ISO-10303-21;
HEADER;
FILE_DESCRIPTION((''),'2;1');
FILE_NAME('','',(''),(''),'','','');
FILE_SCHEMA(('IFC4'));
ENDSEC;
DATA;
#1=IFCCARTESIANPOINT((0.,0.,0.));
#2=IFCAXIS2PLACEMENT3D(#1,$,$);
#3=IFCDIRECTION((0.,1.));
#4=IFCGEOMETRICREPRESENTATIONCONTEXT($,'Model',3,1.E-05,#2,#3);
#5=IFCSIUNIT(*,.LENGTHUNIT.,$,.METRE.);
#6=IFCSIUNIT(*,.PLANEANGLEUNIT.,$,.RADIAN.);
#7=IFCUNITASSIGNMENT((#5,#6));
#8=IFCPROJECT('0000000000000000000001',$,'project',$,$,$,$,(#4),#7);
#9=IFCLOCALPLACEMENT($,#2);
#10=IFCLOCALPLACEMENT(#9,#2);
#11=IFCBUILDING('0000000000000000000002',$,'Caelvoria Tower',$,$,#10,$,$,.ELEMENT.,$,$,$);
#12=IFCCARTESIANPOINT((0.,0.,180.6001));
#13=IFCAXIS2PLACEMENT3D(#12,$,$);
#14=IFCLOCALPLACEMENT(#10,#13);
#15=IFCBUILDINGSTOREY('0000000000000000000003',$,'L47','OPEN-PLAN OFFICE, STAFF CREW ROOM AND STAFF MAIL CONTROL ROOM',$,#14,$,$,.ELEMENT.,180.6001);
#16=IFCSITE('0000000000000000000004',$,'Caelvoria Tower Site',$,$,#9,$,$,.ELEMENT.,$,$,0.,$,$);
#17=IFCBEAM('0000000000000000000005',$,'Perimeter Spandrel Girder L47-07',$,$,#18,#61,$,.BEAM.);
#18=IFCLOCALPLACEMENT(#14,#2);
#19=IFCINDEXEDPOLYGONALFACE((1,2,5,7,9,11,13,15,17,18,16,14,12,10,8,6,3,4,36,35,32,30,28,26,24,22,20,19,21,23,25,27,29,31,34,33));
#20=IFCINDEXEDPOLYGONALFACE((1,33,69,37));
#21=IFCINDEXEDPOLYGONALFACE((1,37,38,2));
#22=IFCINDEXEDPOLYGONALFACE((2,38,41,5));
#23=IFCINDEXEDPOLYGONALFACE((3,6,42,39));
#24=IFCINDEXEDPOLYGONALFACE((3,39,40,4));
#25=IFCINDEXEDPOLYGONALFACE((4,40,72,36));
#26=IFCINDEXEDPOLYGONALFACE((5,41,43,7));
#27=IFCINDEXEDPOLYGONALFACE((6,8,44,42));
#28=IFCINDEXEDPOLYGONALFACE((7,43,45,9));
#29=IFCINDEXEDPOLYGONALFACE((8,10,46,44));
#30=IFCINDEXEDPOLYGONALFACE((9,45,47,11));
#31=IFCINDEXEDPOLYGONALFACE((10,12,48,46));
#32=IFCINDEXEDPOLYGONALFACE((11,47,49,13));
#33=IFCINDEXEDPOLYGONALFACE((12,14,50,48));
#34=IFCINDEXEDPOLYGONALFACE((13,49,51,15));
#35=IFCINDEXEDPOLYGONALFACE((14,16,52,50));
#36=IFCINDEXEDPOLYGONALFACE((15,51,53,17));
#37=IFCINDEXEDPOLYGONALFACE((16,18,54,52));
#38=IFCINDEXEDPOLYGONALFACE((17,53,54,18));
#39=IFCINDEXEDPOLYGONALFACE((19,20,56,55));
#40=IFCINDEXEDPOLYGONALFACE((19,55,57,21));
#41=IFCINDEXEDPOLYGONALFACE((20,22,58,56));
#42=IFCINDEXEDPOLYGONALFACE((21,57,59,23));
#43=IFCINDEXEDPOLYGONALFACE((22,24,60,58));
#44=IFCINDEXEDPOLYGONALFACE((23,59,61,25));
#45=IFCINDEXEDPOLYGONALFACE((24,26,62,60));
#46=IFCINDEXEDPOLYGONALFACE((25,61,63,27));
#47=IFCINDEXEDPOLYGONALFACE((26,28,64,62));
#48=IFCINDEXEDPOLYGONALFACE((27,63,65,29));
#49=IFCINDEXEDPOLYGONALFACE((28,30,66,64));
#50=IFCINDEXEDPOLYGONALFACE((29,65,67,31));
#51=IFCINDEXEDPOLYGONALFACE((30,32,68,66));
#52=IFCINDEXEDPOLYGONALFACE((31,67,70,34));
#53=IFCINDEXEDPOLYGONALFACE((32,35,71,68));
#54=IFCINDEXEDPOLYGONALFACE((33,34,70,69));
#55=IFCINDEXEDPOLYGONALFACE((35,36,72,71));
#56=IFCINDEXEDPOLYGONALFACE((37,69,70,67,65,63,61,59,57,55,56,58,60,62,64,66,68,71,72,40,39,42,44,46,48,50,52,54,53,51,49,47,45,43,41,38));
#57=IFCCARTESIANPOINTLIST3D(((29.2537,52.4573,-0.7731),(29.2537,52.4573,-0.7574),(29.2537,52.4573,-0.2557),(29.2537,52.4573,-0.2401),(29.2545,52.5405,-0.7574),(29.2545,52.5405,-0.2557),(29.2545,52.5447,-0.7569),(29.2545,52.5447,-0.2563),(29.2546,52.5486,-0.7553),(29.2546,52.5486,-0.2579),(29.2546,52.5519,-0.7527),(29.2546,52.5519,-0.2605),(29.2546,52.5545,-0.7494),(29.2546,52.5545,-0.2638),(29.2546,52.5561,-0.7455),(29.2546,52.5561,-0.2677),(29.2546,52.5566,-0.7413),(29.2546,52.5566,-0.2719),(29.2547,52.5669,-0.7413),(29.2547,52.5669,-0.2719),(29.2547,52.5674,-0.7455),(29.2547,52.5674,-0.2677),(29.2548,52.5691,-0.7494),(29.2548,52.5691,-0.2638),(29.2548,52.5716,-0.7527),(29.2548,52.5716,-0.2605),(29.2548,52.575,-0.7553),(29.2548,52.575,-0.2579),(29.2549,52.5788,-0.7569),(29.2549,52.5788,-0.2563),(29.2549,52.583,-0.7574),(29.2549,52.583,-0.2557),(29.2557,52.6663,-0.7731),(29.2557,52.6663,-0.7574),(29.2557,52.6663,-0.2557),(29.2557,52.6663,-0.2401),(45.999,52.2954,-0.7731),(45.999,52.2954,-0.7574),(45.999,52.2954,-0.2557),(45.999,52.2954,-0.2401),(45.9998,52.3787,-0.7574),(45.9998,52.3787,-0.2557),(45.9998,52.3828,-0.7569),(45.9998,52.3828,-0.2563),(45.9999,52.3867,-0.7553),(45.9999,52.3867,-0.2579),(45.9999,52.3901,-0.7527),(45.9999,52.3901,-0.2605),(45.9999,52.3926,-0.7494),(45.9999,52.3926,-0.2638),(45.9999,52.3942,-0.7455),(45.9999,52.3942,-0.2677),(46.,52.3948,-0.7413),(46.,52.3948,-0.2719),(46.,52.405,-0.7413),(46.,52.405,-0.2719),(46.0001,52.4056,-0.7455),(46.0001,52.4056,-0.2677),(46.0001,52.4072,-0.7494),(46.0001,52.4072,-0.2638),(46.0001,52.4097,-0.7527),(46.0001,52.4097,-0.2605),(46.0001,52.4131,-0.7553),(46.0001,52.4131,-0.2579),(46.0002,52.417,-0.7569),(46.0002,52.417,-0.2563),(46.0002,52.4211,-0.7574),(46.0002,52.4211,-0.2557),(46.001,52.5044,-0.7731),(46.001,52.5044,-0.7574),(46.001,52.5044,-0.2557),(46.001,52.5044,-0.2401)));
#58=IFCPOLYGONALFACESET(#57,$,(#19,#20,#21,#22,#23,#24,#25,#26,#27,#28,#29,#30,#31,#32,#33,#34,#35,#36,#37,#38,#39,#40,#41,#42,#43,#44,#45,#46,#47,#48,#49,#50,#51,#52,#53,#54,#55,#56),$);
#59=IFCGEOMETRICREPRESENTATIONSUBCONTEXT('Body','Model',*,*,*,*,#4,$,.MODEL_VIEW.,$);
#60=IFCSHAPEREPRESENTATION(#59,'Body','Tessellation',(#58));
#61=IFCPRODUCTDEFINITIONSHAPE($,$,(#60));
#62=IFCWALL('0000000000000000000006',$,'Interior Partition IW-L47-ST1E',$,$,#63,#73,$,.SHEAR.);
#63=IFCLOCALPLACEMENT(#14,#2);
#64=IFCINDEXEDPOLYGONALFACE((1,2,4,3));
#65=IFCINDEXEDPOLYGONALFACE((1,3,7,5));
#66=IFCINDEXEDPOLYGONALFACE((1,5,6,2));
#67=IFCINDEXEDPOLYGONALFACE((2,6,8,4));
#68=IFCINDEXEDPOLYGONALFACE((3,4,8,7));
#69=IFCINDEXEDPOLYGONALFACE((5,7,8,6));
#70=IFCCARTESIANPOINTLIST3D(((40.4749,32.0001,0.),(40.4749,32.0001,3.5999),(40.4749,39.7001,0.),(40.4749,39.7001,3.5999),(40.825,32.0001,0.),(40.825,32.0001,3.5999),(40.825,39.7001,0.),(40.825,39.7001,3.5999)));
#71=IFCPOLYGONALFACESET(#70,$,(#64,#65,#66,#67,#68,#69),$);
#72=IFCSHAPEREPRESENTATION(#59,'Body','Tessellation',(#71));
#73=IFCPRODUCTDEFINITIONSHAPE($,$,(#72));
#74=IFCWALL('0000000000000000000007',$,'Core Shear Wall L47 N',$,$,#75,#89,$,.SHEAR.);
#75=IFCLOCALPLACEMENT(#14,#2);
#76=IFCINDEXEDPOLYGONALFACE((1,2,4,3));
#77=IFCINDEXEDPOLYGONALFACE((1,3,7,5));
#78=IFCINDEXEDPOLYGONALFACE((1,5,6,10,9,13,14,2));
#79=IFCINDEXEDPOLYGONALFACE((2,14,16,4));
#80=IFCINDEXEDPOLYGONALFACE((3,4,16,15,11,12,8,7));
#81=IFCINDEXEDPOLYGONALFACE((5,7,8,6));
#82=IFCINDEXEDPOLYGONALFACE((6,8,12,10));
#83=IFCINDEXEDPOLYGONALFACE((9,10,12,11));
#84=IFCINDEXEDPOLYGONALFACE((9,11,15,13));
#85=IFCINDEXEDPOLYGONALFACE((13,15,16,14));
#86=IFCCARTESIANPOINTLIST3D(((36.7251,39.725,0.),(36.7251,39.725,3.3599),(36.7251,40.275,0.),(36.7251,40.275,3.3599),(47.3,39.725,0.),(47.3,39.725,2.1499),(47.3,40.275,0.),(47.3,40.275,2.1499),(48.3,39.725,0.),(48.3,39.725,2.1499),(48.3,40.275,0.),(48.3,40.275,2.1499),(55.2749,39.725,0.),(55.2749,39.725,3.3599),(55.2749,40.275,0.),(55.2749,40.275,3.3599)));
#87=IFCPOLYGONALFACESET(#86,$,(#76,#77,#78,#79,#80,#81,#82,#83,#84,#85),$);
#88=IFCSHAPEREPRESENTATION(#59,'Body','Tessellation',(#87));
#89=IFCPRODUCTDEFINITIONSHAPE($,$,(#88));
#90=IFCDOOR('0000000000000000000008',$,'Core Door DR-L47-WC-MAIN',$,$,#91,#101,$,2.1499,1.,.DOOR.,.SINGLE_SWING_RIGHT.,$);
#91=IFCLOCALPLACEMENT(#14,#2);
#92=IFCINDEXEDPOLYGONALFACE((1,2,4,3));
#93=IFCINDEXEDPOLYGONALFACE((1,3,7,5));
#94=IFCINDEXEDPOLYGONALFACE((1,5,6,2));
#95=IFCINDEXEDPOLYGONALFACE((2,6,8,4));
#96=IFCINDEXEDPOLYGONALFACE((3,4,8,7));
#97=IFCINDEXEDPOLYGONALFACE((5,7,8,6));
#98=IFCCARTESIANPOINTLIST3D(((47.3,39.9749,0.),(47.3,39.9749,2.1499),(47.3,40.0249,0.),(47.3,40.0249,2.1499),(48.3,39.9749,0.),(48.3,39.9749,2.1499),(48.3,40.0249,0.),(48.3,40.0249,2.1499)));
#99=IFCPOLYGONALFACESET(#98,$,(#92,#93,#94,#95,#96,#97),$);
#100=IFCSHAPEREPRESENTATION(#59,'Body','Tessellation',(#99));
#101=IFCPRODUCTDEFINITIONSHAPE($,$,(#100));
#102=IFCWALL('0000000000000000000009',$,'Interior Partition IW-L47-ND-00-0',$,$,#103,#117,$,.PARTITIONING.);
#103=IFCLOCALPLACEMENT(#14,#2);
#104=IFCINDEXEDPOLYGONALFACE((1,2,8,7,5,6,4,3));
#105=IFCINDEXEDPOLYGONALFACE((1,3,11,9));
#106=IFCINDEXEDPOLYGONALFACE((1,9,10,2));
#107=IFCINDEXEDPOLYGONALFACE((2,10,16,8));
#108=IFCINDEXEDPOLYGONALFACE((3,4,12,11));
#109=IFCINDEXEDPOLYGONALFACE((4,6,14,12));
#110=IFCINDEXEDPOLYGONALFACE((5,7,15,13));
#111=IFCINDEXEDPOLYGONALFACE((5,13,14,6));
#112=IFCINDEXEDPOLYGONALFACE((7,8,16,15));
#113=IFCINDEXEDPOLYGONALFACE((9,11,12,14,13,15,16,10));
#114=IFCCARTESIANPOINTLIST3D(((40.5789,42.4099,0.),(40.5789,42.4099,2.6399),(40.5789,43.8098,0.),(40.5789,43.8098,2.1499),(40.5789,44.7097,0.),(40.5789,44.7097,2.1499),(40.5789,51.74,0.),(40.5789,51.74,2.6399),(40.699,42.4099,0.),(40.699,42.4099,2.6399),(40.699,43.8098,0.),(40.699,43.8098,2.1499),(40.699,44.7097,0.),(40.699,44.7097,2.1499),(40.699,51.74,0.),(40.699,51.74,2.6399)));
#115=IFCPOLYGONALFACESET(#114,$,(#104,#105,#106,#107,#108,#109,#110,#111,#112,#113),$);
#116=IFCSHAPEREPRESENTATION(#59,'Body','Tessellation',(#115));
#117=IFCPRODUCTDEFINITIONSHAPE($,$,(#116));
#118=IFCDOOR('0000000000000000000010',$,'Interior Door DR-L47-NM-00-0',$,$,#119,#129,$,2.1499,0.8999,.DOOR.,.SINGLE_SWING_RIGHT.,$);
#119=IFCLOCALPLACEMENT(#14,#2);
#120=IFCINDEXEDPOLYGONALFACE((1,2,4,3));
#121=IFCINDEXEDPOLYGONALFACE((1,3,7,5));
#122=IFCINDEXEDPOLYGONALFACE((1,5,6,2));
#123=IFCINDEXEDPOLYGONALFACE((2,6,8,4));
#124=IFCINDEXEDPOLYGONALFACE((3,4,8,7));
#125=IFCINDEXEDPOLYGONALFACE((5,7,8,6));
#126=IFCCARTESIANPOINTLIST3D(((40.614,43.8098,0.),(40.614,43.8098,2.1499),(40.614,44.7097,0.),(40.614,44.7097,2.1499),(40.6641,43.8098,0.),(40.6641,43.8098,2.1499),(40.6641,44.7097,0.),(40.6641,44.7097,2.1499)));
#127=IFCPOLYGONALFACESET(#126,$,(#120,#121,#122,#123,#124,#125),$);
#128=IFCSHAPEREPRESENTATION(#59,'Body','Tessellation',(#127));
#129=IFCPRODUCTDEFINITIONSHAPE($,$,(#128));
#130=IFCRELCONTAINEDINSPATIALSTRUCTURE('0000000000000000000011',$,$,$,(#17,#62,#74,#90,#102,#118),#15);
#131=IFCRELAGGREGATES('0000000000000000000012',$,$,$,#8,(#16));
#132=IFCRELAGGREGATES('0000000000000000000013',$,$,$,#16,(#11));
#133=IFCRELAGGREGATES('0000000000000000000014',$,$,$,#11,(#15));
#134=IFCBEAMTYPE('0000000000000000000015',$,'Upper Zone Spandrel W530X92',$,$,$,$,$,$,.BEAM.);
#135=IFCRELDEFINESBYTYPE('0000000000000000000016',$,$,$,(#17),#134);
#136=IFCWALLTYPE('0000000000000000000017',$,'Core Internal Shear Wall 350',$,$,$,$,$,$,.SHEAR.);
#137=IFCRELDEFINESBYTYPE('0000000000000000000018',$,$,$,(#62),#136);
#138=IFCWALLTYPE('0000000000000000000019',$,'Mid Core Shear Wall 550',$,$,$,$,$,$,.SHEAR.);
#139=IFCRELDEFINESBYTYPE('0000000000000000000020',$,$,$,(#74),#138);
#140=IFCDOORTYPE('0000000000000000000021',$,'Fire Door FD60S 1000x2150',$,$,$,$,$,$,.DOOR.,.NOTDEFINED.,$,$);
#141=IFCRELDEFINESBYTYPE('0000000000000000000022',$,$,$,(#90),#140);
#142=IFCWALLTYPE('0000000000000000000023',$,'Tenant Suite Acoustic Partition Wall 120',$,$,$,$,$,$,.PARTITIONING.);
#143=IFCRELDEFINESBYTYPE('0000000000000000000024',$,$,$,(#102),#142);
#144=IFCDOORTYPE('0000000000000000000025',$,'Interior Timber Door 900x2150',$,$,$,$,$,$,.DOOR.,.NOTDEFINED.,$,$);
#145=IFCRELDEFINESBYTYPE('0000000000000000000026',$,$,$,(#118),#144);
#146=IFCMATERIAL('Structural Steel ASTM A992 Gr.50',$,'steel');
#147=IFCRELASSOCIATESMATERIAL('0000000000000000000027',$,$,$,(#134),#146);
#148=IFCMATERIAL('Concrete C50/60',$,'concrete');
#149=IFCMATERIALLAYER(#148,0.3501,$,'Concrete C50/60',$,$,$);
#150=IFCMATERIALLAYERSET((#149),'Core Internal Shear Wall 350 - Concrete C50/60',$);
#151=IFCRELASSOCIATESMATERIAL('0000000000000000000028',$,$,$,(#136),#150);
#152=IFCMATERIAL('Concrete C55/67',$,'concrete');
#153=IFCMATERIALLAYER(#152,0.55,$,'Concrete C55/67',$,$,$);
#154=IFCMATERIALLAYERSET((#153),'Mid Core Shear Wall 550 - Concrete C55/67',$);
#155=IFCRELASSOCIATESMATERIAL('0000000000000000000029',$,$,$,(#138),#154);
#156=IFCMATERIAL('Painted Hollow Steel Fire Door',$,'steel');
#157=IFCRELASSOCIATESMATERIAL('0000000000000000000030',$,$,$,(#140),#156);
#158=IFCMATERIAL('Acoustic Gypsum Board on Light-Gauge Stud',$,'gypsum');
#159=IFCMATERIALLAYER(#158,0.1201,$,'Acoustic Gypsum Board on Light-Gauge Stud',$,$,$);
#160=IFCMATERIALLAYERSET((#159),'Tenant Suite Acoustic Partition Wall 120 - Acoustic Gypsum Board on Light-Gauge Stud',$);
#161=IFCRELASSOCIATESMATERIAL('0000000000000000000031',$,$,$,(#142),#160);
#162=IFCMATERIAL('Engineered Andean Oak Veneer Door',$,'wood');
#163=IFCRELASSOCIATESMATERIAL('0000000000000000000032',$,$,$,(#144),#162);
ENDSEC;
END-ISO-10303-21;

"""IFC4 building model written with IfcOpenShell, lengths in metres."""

from ifc_helpers import new_model, si_unit, direction, frame, frame_2d, origin, origin_2d, place, context, subcontext, project, spatial, rectangle, i_section, extrude, material, layer, layer_set, material_profile, profile_set, type_object, element, fill, save


model = new_model("IFC4")

# Units and contexts
model_context = context("Model", 3, precision=1e-05, world=origin(), true_north=direction((0.0, 1.0)))
body_context = subcontext(model_context, "Body", "Model", "MODEL_VIEW")
ifc_project = project(units=[si_unit("LENGTHUNIT", "METRE"), si_unit("PLANEANGLEUNIT", "RADIAN")], contexts=[model_context])

# Site, building, storey
site_placement = place(None, origin())
site = spatial("IfcSite", under=ifc_project, at=site_placement, Name="Caelvoria Tower Site", CompositionType="ELEMENT", RefElevation=0.0)
building_placement = place(site_placement, origin())
building = spatial("IfcBuilding", under=site, at=building_placement, Name="Caelvoria Tower", CompositionType="ELEMENT")
storey_placement = place(building_placement, frame((0.0, 0.0, 180.6001)))
storey = spatial("IfcBuildingStorey", under=building, at=storey_placement, Name="L47", Description="OPEN-PLAN OFFICE, STAFF CREW ROOM AND STAFF MAIL CONTROL ROOM", CompositionType="ELEMENT", Elevation=180.6001)

# Shared definitions
ifc_material_1 = material(Name="Structural Steel ASTM A992 Gr.50", Category="steel")

# Beam
ifc_material_profile_1 = material_profile(ifc_material_1, i_section(OverallWidth=0.209, OverallDepth=0.533, WebThickness=0.0103, FlangeThickness=0.0156, FilletRadius=0.0161, at=origin_2d()), Name="Structural Steel ASTM A992 Gr.50")
ifc_profile_set_1 = profile_set([ifc_material_profile_1], Name="W530X92 - Structural Steel ASTM A992 Gr.50")
beam_type_1 = type_object("IfcBeamType", Name="Upper Zone Spandrel W530X92", PredefinedType="BEAM", material=ifc_profile_set_1)
beam_1_placement = place(storey_placement, frame((46.0, 52.3999, -0.5066), z_axis=(-0.999953, 0.009666, 0.0), x_axis=(-0.009666, -0.999953, 0.0)))
element("IfcBeam", 1, at=beam_1_placement, inside=storey, type_object=beam_type_1, Name="Perimeter Spandrel Girder L47-07", PredefinedType="BEAM", context=body_context, shape_type="SweptSolid", body=[
    extrude(i_section(OverallWidth=0.209, OverallDepth=0.533, WebThickness=0.0103, FlangeThickness=0.0156, FilletRadius=0.0161, at=origin_2d()), origin(), (0.0, 0.0, 1.0), 16.7461),
])

# Wall
ifc_material_2 = material(Name="Concrete C50/60", Category="concrete")
ifc_layer_1 = layer(ifc_material_2, 0.3501, Name="Concrete C50/60")
ifc_layer_set_1 = layer_set([ifc_layer_1], Name="Core Internal Shear Wall 350 - Concrete C50/60")
wall_type_1 = type_object("IfcWallType", Name="Core Internal Shear Wall 350", PredefinedType="SHEAR", material=ifc_layer_set_1)
wall_1_placement = place(storey_placement, frame((40.6499, 32.0, 0.0), z_axis=(0.0, 0.0, 1.0), x_axis=(0.0, 1.0, 0.0)))
element("IfcWall", 2, at=wall_1_placement, inside=storey, type_object=wall_type_1, Name="Interior Partition IW-L47-ST1E", PredefinedType="SHEAR", context=body_context, shape_type="SweptSolid", body=[
    extrude(rectangle(XDim=7.7, YDim=0.3501, at=frame_2d((3.8501, 0.0))), origin(), (0.0, 0.0, 1.0), 3.5999),
])

# Walls, openings, doors
ifc_material_3 = material(Name="Concrete C55/67", Category="concrete")
ifc_layer_2 = layer(ifc_material_3, 0.55, Name="Concrete C55/67")
ifc_layer_set_2 = layer_set([ifc_layer_2], Name="Mid Core Shear Wall 550 - Concrete C55/67")
wall_type_2 = type_object("IfcWallType", Name="Mid Core Shear Wall 550", PredefinedType="SHEAR", material=ifc_layer_set_2)
wall_2_placement = place(storey_placement, frame((36.7251, 40.0, 0.0), z_axis=(0.0, 0.0, 1.0), x_axis=(1.0, 0.0, 0.0)))
wall_2 = element("IfcWall", 3, at=wall_2_placement, inside=storey, type_object=wall_type_2, Name="Core Shear Wall L47 N", PredefinedType="SHEAR", context=body_context, shape_type="SweptSolid", body=[
    extrude(rectangle(XDim=18.5498, YDim=0.55, at=frame_2d((9.2749, 0.0))), origin(), (0.0, 0.0, 1.0), 3.3599),
])
opening_1_placement = place(wall_2_placement, frame((10.575, 0.0, 0.0)))
opening_1 = element("IfcOpeningElement", 4, at=opening_1_placement, cuts=wall_2, PredefinedType="OPENING", context=body_context, shape_type="SweptSolid", body=[
    extrude(rectangle(XDim=1.0, YDim=2.1499, at=frame_2d((0.5, 1.075))), frame((0.0, 0.2849, 0.0), z_axis=(0.0, -1.0, 0.0), x_axis=(1.0, 0.0, 0.0)), (0.0, 0.0, 1.0), 0.5701),
])
ifc_material_4 = material(Name="Painted Hollow Steel Fire Door", Category="steel")
door_type_1 = type_object("IfcDoorType", Name="Fire Door FD60S 1000x2150", OperationType="NOTDEFINED", PredefinedType="DOOR", material=ifc_material_4)
door_1_placement = place(opening_1_placement, origin())
door_1 = element("IfcDoor", 5, at=door_1_placement, inside=storey, type_object=door_type_1, Name="Core Door DR-L47-WC-MAIN", OperationType="SINGLE_SWING_RIGHT", OverallHeight=2.1499, OverallWidth=1.0, PredefinedType="DOOR", context=body_context, shape_type="SweptSolid", body=[
    extrude(rectangle(XDim=1.0, YDim=2.1499, at=frame_2d((0.5, 1.075))), frame((0.0, 0.0249, 0.0), z_axis=(0.0, -1.0, 0.0), x_axis=(1.0, 0.0, 0.0)), (0.0, 0.0, 1.0), 0.05),
])
fill(opening_1, door_1)
ifc_material_5 = material(Name="Acoustic Gypsum Board on Light-Gauge Stud", Category="gypsum")
ifc_layer_3 = layer(ifc_material_5, 0.1201, Name="Acoustic Gypsum Board on Light-Gauge Stud")
ifc_layer_set_3 = layer_set([ifc_layer_3], Name="Tenant Suite Acoustic Partition Wall 120 - Acoustic Gypsum Board on Light-Gauge Stud")
wall_type_3 = type_object("IfcWallType", Name="Tenant Suite Acoustic Partition Wall 120", PredefinedType="PARTITIONING", material=ifc_layer_set_3)
wall_3_placement = place(storey_placement, frame((40.6389, 42.4099, 0.0), z_axis=(0.0, 0.0, 1.0), x_axis=(0.0, 1.0, 0.0)))
wall_3 = element("IfcWall", 6, at=wall_3_placement, inside=storey, type_object=wall_type_3, Name="Interior Partition IW-L47-ND-00-0", PredefinedType="PARTITIONING", context=body_context, shape_type="SweptSolid", body=[
    extrude(rectangle(XDim=9.3301, YDim=0.1201, at=frame_2d((4.665, 0.0))), origin(), (0.0, 0.0, 1.0), 2.6399),
])
opening_2_placement = place(wall_3_placement, frame((1.3999, 0.0, 0.0)))
opening_2 = element("IfcOpeningElement", 7, at=opening_2_placement, cuts=wall_3, PredefinedType="OPENING", context=body_context, shape_type="SweptSolid", body=[
    extrude(rectangle(XDim=0.8999, YDim=2.1499, at=frame_2d((0.45, 1.075))), frame((0.0, 0.0701, 0.0), z_axis=(0.0, -1.0, 0.0), x_axis=(1.0, 0.0, 0.0)), (0.0, 0.0, 1.0), 0.1401),
])
ifc_material_6 = material(Name="Engineered Andean Oak Veneer Door", Category="wood")
door_type_2 = type_object("IfcDoorType", Name="Interior Timber Door 900x2150", OperationType="NOTDEFINED", PredefinedType="DOOR", material=ifc_material_6)
door_2_placement = place(opening_2_placement, origin())
door_2 = element("IfcDoor", 8, at=door_2_placement, inside=storey, type_object=door_type_2, Name="Interior Door DR-L47-NM-00-0", OperationType="SINGLE_SWING_RIGHT", OverallHeight=2.1499, OverallWidth=0.8999, PredefinedType="DOOR", context=body_context, shape_type="SweptSolid", body=[
    extrude(rectangle(XDim=0.8999, YDim=2.1499, at=frame_2d((0.45, 1.075))), frame((0.0, 0.0249, 0.0), z_axis=(0.0, -1.0, 0.0), x_axis=(1.0, 0.0, 0.0)), (0.0, 0.0, 1.0), 0.05),
])
fill(opening_2, door_2)

save(model, "model.ifc")
